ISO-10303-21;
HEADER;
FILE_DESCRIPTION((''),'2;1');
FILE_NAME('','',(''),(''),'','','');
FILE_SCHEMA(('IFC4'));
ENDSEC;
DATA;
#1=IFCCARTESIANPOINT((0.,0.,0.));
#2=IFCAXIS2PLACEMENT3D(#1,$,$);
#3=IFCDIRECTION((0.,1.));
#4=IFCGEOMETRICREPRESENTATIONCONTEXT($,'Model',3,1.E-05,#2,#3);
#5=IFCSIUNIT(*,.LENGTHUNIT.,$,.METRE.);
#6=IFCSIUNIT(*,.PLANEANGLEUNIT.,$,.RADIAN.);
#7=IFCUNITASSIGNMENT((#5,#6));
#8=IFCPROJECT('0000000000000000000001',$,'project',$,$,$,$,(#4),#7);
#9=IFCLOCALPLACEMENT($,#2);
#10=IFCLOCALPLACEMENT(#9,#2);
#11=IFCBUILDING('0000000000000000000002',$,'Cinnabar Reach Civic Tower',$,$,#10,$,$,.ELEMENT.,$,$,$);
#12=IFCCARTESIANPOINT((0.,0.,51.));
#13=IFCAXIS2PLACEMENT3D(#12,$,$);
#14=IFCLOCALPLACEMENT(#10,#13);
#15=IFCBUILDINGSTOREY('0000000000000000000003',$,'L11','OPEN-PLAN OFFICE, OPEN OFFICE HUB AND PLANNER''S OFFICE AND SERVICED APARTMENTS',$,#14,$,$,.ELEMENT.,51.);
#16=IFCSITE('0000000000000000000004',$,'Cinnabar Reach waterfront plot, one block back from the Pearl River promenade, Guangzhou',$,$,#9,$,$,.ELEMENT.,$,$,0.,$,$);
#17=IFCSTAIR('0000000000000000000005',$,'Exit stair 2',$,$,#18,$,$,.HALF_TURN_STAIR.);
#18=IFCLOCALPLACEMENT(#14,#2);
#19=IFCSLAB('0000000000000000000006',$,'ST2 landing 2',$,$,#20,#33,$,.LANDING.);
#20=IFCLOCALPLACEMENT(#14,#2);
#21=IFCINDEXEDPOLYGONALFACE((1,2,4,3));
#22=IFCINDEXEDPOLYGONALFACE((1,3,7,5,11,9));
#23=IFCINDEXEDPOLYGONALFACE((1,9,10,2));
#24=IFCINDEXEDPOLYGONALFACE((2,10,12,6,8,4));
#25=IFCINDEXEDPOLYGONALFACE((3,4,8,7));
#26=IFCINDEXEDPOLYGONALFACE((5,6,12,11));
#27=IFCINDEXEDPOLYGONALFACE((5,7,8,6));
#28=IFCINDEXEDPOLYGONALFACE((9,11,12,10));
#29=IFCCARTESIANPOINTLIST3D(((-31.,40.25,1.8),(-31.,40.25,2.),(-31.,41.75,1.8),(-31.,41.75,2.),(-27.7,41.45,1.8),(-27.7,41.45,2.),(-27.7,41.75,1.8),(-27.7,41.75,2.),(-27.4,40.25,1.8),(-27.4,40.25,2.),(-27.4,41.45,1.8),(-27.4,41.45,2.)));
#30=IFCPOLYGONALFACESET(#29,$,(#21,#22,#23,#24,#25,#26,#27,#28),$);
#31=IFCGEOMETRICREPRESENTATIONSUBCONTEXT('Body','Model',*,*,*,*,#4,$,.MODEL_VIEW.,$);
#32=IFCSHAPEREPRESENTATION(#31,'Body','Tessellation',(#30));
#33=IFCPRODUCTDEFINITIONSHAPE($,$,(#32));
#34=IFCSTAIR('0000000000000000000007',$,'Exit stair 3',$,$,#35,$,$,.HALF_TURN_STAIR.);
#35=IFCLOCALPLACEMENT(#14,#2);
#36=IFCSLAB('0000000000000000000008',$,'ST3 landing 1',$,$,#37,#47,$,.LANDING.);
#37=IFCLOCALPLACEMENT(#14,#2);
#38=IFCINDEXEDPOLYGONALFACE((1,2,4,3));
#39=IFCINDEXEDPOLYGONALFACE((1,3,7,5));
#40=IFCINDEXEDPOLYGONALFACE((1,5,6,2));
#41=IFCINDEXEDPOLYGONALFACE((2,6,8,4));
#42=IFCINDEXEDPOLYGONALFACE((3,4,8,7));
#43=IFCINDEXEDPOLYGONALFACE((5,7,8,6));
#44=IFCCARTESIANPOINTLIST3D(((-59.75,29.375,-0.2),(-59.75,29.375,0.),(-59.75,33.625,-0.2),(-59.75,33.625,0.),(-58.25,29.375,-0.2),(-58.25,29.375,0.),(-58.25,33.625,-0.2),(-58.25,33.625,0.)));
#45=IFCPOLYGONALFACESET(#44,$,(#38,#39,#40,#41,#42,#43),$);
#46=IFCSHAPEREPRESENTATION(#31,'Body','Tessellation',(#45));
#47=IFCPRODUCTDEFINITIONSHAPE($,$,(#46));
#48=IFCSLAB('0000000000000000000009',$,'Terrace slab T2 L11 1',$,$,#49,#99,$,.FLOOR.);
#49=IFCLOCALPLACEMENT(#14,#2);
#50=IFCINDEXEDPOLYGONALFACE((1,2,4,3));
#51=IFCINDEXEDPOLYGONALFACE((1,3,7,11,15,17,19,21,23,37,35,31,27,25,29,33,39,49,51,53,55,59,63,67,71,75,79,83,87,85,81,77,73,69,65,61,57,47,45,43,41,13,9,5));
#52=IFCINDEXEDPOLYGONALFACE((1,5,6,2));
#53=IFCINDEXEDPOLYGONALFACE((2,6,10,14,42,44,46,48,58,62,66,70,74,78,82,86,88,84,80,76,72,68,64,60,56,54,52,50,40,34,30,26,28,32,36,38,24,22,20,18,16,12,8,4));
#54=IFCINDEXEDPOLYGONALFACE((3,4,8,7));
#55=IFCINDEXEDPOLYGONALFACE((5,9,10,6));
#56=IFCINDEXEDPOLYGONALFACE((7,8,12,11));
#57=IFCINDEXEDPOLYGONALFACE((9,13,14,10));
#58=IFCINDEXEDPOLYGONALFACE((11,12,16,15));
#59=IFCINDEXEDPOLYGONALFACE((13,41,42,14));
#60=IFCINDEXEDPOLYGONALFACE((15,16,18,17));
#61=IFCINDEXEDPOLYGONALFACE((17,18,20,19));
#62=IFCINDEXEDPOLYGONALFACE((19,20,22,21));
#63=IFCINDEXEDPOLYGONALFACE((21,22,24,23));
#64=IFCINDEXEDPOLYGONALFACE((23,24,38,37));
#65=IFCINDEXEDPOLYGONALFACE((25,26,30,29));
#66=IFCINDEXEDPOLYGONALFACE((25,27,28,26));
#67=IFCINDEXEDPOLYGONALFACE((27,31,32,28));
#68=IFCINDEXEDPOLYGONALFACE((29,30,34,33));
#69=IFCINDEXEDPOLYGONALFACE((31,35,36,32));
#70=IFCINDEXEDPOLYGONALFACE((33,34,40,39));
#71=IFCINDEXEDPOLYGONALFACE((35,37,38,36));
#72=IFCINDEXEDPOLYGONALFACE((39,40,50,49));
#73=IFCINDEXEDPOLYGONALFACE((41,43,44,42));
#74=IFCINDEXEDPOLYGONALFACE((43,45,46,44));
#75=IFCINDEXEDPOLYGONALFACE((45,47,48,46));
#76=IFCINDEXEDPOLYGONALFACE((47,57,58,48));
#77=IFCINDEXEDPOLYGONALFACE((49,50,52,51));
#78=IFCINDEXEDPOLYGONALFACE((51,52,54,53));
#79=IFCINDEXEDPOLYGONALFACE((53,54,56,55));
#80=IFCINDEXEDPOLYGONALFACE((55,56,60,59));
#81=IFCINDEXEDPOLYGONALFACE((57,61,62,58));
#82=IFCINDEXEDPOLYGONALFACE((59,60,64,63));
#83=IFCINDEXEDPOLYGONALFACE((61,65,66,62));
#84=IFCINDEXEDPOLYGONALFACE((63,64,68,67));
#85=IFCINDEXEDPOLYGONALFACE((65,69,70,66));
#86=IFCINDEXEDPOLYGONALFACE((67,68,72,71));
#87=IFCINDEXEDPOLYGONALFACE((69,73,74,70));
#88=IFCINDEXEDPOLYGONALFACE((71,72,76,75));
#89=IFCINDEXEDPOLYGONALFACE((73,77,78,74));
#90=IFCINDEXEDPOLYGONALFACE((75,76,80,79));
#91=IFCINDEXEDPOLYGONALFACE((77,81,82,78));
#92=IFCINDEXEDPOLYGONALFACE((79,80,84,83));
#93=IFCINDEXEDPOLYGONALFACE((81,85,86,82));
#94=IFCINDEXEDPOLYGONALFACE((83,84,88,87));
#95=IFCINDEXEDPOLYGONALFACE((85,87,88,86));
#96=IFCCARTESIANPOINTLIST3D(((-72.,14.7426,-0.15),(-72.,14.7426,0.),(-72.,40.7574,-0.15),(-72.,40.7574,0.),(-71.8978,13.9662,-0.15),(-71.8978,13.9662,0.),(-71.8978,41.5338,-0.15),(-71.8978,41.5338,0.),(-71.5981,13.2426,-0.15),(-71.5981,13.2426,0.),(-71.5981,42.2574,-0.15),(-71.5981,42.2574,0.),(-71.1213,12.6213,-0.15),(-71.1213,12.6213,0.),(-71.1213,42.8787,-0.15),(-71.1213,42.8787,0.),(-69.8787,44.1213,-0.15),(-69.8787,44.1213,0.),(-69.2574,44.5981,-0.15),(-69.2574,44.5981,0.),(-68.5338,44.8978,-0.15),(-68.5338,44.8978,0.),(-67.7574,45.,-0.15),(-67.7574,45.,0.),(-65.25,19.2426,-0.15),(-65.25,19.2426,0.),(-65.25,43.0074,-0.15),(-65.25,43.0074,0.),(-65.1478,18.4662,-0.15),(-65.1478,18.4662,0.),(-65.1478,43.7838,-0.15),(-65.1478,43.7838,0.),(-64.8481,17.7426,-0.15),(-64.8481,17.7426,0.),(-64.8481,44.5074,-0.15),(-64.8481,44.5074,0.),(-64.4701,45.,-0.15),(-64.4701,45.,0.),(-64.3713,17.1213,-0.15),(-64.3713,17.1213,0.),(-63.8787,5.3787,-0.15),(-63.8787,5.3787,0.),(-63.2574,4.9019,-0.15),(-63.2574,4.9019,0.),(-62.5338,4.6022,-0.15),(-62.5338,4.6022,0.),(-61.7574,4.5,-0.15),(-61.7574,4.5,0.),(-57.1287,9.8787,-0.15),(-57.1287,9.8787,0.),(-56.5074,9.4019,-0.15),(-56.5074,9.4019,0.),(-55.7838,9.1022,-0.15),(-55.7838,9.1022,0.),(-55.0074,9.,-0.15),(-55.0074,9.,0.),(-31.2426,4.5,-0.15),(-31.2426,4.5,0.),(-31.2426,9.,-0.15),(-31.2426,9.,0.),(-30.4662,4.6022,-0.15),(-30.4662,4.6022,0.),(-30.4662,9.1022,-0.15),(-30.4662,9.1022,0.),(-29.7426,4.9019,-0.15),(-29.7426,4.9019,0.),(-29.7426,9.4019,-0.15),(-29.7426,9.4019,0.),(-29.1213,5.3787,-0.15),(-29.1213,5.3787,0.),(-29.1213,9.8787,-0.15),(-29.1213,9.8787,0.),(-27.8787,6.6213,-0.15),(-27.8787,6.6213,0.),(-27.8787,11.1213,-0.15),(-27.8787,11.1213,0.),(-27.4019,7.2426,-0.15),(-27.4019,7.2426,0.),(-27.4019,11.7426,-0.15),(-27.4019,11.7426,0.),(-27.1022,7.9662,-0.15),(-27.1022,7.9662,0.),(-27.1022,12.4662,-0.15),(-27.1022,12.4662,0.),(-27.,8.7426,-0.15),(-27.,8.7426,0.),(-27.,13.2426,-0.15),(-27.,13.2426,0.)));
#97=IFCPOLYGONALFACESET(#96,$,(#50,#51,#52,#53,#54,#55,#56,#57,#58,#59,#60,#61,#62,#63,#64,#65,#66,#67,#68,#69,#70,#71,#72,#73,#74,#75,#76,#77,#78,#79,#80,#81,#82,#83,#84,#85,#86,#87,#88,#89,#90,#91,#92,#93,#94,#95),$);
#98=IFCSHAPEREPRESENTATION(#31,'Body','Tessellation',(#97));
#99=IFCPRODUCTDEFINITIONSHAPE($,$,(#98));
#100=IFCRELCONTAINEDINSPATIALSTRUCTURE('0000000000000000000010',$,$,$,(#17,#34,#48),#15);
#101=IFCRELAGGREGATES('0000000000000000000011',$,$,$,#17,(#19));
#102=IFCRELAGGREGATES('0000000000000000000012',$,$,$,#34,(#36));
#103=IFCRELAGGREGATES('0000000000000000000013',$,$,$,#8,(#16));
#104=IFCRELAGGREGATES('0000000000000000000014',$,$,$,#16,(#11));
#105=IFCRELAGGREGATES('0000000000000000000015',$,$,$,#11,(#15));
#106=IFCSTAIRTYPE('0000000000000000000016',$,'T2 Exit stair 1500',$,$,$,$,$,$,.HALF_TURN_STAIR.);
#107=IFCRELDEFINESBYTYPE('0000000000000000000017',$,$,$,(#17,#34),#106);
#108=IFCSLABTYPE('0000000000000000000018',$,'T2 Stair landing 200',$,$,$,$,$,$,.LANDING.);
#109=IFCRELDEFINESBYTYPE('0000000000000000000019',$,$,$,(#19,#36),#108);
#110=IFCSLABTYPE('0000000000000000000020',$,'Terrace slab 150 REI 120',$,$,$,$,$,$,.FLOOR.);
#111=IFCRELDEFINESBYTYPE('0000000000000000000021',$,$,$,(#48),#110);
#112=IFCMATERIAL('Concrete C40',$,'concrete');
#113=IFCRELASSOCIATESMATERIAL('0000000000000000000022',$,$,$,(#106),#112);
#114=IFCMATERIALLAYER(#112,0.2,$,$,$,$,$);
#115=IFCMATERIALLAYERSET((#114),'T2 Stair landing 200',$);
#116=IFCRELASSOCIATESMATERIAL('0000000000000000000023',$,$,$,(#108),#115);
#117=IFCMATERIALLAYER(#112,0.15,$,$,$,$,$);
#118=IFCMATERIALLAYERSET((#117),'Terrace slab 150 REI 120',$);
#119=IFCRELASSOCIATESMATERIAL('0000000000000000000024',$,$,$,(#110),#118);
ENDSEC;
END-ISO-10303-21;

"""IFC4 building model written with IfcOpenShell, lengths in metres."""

from ifc_helpers import new_model, si_unit, direction, frame, origin, place, context, subcontext, project, spatial, polyline, outline, extrude, material, layer, layer_set, type_object, element, aggregate, save


model = new_model("IFC4")

# Units and contexts
model_context = context("Model", 3, precision=1e-05, world=origin(), true_north=direction((0.0, 1.0)))
body_context = subcontext(model_context, "Body", "Model", "MODEL_VIEW")
ifc_project = project(units=[si_unit("LENGTHUNIT", "METRE"), si_unit("PLANEANGLEUNIT", "RADIAN")], contexts=[model_context])

# Site, building, storey
site_placement = place(None, origin())
site = spatial("IfcSite", under=ifc_project, at=site_placement, Name="Cinnabar Reach waterfront plot, one block back from the Pearl River promenade, Guangzhou", CompositionType="ELEMENT", RefElevation=0.0)
building_placement = place(site_placement, origin())
building = spatial("IfcBuilding", under=site, at=building_placement, Name="Cinnabar Reach Civic Tower", CompositionType="ELEMENT")
storey_placement = place(building_placement, frame((0.0, 0.0, 51.0)))
storey = spatial("IfcBuildingStorey", under=building, at=storey_placement, Name="L11", Description="OPEN-PLAN OFFICE, OPEN OFFICE HUB AND PLANNER'S OFFICE AND SERVICED APARTMENTS", CompositionType="ELEMENT", Elevation=51.0)

# Shared definitions
ifc_material_1 = material(Name="Concrete C40", Category="concrete")

# Stair, slab
stair_type_1 = type_object("IfcStairType", Name="T2 Exit stair 1500", PredefinedType="HALF_TURN_STAIR", material=ifc_material_1)
ifc_layer_1 = layer(ifc_material_1, 0.2)
ifc_layer_set_1 = layer_set([ifc_layer_1], Name="T2 Stair landing 200")
slab_type_1 = type_object("IfcSlabType", Name="T2 Stair landing 200", PredefinedType="LANDING", material=ifc_layer_set_1)
stair_1_placement = place(storey_placement, origin())
stair_1 = element("IfcStair", 1, at=stair_1_placement, inside=storey, type_object=stair_type_1, Name="Exit stair 2", PredefinedType="HALF_TURN_STAIR")
slab_1_placement = place(storey_placement, frame((0.0, 0.0, 1.8)))
slab_1 = element("IfcSlab", 2, at=slab_1_placement, type_object=slab_type_1, Name="ST2 landing 2", PredefinedType="LANDING", context=body_context, shape_type="SweptSolid", body=[
    extrude(outline(polyline([(-27.4, 40.25), (-31.0, 40.25), (-31.0, 41.75), (-27.7, 41.75), (-27.7, 41.45), (-27.4, 41.45), (-27.4, 40.25)])), origin(), (0.0, 0.0, 1.0), 0.2),
])
aggregate(stair_1, [slab_1])

# Stair, slab
stair_2_placement = place(storey_placement, origin())
stair_2 = element("IfcStair", 3, at=stair_2_placement, inside=storey, type_object=stair_type_1, Name="Exit stair 3", PredefinedType="HALF_TURN_STAIR")
slab_2_placement = place(storey_placement, frame((0.0, 0.0, -0.2)))
slab_2 = element("IfcSlab", 4, at=slab_2_placement, type_object=slab_type_1, Name="ST3 landing 1", PredefinedType="LANDING", context=body_context, shape_type="SweptSolid", body=[
    extrude(outline(polyline([(-59.75, 29.375), (-59.75, 33.625), (-58.25, 33.625), (-58.25, 29.375), (-59.75, 29.375)])), origin(), (0.0, 0.0, 1.0), 0.2),
])
aggregate(stair_2, [slab_2])

# Slab
ifc_layer_2 = layer(ifc_material_1, 0.15)
ifc_layer_set_2 = layer_set([ifc_layer_2], Name="Terrace slab 150 REI 120")
slab_type_2 = type_object("IfcSlabType", Name="Terrace slab 150 REI 120", PredefinedType="FLOOR", material=ifc_layer_set_2)
slab_3_placement = place(storey_placement, frame((0.0, 0.0, -0.15)))
element("IfcSlab", 5, at=slab_3_placement, inside=storey, type_object=slab_type_2, Name="Terrace slab T2 L11 1", PredefinedType="FLOOR", context=body_context, shape_type="SweptSolid", body=[
    extrude(outline(polyline([(-27.0, 8.7426), (-27.1022, 7.9662), (-27.4019, 7.2426), (-27.8787, 6.6213), (-29.1213, 5.3787), (-29.7426, 4.9019), (-30.4662, 4.6022), (-31.2426, 4.5), (-61.7574, 4.5), (-62.5338, 4.6022), (-63.2574, 4.9019), (-63.8787, 5.3787), (-71.1213, 12.6213), (-71.5981, 13.2426), (-71.8978, 13.9662), (-72.0, 14.7426), (-72.0, 40.7574), (-71.8978, 41.5338), (-71.5981, 42.2574), (-71.1213, 42.8787), (-69.8787, 44.1213), (-69.2574, 44.5981), (-68.5338, 44.8978), (-67.7574, 45.0), (-64.4701, 45.0), (-64.8481, 44.5074), (-65.1478, 43.7838), (-65.25, 43.0074), (-65.25, 19.2426), (-65.1478, 18.4662), (-64.8481, 17.7426), (-64.3713, 17.1213), (-57.1287, 9.8787), (-56.5074, 9.4019), (-55.7838, 9.1022), (-55.0074, 9.0), (-31.2426, 9.0), (-30.4662, 9.1022), (-29.7426, 9.4019), (-29.1213, 9.8787), (-27.8787, 11.1213), (-27.4019, 11.7426), (-27.1022, 12.4662), (-27.0, 13.2426), (-27.0, 8.7426)])), origin(), (0.0, 0.0, 1.0), 0.15),
])

save(model, "model.ifc")
